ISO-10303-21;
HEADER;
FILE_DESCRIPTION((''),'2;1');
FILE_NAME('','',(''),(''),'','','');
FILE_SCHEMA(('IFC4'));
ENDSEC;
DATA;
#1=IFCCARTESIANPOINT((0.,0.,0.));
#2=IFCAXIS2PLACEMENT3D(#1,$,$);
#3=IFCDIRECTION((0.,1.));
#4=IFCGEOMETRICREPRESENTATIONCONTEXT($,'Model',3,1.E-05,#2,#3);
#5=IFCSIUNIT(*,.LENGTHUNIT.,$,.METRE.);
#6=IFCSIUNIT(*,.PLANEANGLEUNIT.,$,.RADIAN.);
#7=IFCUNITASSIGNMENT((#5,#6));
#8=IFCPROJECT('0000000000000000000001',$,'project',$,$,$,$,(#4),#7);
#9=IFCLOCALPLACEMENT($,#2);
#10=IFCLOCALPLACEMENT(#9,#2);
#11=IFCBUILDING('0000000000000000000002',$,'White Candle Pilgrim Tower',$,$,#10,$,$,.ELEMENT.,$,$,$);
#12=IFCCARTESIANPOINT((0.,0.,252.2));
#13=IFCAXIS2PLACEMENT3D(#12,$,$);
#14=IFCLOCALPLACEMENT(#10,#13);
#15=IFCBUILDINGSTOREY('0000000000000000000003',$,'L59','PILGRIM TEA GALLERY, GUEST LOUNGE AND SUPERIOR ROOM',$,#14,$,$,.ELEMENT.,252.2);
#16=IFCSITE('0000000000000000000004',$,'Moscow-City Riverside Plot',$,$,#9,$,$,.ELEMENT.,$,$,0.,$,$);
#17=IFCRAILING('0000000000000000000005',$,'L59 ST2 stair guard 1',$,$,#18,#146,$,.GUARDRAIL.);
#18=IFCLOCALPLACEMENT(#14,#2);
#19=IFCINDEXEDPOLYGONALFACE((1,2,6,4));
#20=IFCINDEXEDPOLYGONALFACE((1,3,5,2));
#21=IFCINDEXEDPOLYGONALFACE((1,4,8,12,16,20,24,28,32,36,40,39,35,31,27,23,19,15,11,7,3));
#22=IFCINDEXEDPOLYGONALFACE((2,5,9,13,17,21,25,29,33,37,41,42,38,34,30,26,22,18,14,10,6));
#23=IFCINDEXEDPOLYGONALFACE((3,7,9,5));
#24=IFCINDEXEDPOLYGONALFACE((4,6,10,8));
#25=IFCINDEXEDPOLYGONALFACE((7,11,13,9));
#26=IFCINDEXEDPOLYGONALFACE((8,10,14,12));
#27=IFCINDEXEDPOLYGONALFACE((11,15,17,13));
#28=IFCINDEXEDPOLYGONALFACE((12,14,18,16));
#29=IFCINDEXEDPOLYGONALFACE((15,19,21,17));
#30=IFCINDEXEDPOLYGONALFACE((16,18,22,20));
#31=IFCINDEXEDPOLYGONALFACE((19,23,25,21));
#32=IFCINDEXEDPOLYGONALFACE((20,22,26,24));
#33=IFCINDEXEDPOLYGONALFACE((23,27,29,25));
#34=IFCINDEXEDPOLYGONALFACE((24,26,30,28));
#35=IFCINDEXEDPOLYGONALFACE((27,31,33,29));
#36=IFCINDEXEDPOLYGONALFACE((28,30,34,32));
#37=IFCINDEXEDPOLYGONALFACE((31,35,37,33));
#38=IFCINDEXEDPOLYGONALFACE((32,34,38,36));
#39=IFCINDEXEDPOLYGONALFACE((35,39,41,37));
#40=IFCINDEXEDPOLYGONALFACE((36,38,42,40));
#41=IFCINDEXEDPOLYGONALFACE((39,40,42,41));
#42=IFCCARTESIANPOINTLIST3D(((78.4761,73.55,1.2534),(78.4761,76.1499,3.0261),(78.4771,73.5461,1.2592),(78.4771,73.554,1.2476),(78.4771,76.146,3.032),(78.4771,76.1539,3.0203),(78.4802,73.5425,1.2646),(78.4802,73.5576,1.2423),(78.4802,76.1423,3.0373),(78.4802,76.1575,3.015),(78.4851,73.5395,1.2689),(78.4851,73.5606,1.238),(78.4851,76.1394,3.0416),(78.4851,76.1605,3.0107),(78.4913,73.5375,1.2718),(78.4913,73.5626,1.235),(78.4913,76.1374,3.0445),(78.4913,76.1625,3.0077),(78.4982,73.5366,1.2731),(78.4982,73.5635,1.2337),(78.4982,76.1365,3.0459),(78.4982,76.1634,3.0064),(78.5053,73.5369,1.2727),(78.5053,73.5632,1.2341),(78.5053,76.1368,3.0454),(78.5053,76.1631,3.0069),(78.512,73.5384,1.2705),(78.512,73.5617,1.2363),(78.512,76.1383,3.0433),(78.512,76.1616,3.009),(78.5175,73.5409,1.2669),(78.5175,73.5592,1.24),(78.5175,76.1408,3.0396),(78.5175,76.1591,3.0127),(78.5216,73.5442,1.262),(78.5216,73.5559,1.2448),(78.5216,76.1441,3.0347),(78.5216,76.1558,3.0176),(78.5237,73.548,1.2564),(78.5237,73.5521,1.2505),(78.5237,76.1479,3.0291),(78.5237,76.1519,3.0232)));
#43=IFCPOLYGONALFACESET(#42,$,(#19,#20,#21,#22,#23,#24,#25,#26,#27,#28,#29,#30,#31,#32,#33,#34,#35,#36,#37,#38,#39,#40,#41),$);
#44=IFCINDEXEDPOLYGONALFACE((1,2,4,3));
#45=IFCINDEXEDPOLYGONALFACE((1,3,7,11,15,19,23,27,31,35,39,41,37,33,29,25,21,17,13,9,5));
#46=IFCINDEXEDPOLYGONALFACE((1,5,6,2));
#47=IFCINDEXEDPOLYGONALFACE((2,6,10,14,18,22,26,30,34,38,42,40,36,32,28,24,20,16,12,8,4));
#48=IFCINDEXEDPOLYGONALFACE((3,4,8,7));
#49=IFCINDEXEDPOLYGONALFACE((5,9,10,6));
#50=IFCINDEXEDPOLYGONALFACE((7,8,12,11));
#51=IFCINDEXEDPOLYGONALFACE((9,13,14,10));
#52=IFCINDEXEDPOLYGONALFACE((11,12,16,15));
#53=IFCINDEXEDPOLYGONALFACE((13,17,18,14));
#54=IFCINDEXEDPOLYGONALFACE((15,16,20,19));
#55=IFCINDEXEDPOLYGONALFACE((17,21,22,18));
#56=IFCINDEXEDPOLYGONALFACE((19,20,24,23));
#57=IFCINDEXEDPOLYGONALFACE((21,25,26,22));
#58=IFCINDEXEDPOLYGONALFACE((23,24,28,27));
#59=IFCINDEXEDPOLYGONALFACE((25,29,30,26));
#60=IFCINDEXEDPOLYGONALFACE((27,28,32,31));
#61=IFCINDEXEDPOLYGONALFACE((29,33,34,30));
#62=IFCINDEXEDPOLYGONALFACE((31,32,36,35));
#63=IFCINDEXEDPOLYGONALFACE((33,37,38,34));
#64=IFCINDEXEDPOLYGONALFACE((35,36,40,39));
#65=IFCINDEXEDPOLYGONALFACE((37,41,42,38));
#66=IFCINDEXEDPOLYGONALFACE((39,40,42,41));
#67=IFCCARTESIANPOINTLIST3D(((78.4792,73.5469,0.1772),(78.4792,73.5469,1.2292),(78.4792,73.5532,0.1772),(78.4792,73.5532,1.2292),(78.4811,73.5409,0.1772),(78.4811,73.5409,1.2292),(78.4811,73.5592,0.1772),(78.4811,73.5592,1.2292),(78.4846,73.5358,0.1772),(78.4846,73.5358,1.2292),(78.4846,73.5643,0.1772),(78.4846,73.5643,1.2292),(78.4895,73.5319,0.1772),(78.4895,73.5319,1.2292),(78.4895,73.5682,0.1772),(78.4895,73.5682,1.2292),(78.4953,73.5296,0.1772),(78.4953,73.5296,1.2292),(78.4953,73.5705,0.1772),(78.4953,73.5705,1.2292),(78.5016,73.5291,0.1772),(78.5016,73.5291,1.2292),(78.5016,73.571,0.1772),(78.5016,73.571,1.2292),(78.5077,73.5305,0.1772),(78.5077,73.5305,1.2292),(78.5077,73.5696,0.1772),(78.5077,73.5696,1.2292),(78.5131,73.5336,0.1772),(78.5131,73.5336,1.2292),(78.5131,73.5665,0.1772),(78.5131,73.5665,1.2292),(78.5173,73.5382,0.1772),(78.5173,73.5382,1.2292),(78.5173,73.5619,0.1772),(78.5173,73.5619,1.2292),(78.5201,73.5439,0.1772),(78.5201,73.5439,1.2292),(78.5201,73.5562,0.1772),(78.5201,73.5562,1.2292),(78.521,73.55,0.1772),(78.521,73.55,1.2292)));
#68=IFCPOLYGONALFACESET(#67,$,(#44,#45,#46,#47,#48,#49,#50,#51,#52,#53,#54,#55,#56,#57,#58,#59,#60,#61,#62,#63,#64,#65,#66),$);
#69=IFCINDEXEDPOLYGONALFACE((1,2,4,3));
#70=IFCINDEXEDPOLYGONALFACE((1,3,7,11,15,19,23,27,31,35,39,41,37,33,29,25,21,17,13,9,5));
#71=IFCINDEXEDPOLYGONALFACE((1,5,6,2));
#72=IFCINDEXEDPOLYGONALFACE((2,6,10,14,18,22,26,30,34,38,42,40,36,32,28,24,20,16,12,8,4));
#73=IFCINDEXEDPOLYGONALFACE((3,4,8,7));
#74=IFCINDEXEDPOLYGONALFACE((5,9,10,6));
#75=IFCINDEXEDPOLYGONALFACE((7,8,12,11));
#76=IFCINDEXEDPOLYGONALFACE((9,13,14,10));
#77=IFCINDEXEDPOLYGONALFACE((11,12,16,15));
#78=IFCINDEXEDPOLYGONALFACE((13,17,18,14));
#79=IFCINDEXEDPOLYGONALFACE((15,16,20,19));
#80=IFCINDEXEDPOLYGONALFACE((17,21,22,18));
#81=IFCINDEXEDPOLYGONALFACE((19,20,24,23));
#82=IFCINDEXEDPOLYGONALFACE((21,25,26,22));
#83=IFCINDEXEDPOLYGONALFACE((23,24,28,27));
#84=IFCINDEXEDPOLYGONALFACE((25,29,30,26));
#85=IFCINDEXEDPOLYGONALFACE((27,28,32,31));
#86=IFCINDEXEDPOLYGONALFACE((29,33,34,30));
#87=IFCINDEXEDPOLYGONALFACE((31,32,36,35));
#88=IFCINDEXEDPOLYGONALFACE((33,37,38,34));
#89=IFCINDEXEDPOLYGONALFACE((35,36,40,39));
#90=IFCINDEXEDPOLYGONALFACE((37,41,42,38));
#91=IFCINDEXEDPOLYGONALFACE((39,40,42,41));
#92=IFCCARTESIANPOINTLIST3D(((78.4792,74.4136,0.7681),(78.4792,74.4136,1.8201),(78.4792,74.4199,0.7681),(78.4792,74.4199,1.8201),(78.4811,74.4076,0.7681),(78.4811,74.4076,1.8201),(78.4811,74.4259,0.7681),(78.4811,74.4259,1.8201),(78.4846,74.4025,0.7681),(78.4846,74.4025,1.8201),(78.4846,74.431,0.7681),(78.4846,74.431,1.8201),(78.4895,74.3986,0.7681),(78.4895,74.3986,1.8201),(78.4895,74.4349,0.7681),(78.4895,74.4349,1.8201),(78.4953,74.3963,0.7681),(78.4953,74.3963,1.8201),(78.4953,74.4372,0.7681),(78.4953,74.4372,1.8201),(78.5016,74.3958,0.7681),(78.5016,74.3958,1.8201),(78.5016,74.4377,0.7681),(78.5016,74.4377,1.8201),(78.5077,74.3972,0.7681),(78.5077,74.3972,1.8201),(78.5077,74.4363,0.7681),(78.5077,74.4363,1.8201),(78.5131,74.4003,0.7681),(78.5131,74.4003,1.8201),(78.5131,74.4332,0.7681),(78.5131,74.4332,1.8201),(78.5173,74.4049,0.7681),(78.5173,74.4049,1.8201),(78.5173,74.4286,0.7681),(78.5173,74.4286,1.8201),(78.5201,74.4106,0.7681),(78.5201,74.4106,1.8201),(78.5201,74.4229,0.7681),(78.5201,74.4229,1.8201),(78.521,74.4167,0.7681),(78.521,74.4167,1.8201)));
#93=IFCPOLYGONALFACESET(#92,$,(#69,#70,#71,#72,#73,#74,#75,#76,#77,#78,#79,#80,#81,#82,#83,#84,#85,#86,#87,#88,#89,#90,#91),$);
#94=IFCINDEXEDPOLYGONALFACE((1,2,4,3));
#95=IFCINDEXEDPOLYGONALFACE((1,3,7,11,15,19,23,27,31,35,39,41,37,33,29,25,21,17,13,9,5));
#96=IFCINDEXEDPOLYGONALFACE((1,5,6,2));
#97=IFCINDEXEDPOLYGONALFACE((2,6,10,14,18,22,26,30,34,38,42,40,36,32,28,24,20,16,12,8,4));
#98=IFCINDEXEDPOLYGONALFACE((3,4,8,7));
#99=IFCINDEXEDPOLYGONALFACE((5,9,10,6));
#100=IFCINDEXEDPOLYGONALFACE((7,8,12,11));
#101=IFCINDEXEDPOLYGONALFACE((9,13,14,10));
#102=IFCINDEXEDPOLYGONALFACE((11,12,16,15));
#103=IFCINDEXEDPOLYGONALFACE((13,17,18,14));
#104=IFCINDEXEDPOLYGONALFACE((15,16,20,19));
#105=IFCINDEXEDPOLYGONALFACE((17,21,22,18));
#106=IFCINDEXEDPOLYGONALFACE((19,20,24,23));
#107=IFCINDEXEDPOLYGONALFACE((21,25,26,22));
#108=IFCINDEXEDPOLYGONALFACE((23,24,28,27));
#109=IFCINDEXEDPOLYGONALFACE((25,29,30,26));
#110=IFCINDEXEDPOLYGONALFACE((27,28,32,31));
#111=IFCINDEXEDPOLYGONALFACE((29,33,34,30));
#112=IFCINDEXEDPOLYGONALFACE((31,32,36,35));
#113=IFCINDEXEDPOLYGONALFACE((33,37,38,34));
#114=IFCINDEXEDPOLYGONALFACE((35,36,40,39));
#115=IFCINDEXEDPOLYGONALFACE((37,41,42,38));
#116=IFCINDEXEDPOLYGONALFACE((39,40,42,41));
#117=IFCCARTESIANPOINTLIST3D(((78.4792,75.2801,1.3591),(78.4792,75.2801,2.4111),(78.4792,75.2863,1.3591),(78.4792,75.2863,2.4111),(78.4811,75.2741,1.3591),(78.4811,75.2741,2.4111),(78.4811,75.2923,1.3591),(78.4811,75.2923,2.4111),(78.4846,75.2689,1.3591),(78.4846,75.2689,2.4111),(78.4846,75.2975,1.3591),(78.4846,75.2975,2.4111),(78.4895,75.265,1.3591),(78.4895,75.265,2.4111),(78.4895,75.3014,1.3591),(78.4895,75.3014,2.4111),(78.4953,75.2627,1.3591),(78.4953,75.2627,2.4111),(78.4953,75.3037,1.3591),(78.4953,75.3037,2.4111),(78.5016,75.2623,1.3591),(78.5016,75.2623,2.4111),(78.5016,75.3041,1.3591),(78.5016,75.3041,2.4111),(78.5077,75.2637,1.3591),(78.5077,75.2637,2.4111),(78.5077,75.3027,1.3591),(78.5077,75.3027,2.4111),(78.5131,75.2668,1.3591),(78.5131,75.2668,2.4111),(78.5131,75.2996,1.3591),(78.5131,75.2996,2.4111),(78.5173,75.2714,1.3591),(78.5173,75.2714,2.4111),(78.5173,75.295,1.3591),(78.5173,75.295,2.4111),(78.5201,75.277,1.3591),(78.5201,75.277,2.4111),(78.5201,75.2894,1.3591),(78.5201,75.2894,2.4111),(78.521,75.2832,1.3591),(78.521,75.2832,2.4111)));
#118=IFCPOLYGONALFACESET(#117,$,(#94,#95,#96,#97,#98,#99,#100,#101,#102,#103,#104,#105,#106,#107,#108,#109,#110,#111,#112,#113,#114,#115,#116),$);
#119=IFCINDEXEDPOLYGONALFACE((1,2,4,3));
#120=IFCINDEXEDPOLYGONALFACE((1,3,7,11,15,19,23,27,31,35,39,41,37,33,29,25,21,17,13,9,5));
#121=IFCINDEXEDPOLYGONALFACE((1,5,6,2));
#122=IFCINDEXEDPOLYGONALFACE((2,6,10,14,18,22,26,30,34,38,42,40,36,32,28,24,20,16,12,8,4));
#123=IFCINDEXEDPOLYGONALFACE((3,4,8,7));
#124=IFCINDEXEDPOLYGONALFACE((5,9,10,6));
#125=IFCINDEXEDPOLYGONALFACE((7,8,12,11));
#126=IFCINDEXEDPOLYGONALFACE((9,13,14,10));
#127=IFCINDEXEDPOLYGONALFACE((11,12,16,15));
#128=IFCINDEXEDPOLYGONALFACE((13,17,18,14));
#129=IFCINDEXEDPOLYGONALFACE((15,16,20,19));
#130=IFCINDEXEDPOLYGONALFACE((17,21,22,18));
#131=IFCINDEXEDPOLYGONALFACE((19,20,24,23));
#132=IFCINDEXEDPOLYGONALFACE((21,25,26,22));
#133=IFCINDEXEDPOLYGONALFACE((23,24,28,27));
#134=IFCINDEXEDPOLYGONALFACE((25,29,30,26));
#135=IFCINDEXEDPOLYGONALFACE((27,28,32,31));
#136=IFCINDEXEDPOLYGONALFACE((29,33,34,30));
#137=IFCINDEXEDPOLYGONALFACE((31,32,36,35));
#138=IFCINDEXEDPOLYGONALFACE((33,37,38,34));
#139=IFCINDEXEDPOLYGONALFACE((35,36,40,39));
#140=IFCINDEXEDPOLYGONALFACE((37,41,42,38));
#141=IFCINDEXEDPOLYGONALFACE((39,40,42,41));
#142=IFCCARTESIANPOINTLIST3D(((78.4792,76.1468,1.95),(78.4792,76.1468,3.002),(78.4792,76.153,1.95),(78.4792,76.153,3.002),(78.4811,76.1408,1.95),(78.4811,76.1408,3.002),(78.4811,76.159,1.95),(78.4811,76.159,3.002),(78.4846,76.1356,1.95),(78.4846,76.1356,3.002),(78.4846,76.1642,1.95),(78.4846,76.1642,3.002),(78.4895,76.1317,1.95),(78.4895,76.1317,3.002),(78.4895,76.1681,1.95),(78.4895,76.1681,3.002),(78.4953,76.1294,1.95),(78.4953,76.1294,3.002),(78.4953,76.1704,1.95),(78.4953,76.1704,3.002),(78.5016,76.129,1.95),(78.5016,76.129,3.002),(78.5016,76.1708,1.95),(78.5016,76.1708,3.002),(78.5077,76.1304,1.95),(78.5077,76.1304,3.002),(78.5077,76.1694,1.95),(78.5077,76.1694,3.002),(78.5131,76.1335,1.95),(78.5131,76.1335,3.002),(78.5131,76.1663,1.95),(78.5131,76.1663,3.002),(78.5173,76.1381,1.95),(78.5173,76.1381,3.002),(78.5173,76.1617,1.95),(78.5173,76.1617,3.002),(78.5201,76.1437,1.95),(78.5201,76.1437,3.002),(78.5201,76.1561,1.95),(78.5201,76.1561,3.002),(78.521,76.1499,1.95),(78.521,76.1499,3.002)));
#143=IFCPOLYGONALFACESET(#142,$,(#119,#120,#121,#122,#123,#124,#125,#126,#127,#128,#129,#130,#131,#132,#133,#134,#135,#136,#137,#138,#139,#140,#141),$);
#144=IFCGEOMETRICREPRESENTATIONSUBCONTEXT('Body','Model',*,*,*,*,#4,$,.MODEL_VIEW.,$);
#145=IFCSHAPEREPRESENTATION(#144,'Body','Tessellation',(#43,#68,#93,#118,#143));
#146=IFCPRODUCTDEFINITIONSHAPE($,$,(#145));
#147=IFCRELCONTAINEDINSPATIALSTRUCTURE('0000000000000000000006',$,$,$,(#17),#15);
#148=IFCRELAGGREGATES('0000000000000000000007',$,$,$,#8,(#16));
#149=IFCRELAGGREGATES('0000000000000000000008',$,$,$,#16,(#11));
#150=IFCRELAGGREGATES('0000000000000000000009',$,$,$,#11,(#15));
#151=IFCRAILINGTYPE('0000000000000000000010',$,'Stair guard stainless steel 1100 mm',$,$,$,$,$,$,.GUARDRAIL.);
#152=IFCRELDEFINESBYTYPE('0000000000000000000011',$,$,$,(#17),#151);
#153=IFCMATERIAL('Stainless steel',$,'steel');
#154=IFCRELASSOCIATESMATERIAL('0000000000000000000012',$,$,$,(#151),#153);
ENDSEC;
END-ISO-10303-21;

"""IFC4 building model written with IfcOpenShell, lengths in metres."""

from ifc_helpers import new_model, si_unit, direction, frame, origin, origin_2d, place, context, subcontext, project, spatial, circle, extrude, material, type_object, element, save


model = new_model("IFC4")

# Units and contexts
model_context = context("Model", 3, precision=1e-05, world=origin(), true_north=direction((0.0, 1.0)))
body_context = subcontext(model_context, "Body", "Model", "MODEL_VIEW")
ifc_project = project(units=[si_unit("LENGTHUNIT", "METRE"), si_unit("PLANEANGLEUNIT", "RADIAN")], contexts=[model_context])

# Site, building, storey
site_placement = place(None, origin())
site = spatial("IfcSite", under=ifc_project, at=site_placement, Name="Moscow-City Riverside Plot", CompositionType="ELEMENT", RefElevation=0.0)
building_placement = place(site_placement, origin())
building = spatial("IfcBuilding", under=site, at=building_placement, Name="White Candle Pilgrim Tower", CompositionType="ELEMENT")
storey_placement = place(building_placement, frame((0.0, 0.0, 252.2)))
storey = spatial("IfcBuildingStorey", under=building, at=storey_placement, Name="L59", Description="PILGRIM TEA GALLERY, GUEST LOUNGE AND SUPERIOR ROOM", CompositionType="ELEMENT", Elevation=252.2)

# Railing
ifc_material_1 = material(Name="Stainless steel", Category="steel")
railing_type_1 = type_object("IfcRailingType", Name="Stair guard stainless steel 1100 mm", PredefinedType="GUARDRAIL", material=ifc_material_1)
railing_1_placement = place(storey_placement, frame((78.5, 73.55, 0.1772)))
element("IfcRailing", 1, at=railing_1_placement, inside=storey, type_object=railing_type_1, Name="L59 ST2 stair guard 1", PredefinedType="GUARDRAIL", context=body_context, shape_type="SweptSolid", body=[
    extrude(circle(Radius=0.0239, at=origin_2d()), frame((0.0, 0.0, 1.0762), z_axis=(0.0, 0.826216, 0.563354), x_axis=(-1.0, 0.0, 0.0)), (0.0, 0.0, 1.0), 3.1467),
    extrude(circle(Radius=0.021, at=origin_2d()), origin(), (0.0, 0.0, 1.0), 1.052),
    extrude(circle(Radius=0.021, at=origin_2d()), frame((0.0, 0.8667, 0.5908)), (0.0, 0.0, 1.0), 1.052),
    extrude(circle(Radius=0.021, at=origin_2d()), frame((0.0, 1.7332, 1.1819)), (0.0, 0.0, 1.0), 1.052),
    extrude(circle(Radius=0.021, at=origin_2d()), frame((0.0, 2.5999, 1.7727)), (0.0, 0.0, 1.0), 1.052),
])

save(model, "model.ifc")
